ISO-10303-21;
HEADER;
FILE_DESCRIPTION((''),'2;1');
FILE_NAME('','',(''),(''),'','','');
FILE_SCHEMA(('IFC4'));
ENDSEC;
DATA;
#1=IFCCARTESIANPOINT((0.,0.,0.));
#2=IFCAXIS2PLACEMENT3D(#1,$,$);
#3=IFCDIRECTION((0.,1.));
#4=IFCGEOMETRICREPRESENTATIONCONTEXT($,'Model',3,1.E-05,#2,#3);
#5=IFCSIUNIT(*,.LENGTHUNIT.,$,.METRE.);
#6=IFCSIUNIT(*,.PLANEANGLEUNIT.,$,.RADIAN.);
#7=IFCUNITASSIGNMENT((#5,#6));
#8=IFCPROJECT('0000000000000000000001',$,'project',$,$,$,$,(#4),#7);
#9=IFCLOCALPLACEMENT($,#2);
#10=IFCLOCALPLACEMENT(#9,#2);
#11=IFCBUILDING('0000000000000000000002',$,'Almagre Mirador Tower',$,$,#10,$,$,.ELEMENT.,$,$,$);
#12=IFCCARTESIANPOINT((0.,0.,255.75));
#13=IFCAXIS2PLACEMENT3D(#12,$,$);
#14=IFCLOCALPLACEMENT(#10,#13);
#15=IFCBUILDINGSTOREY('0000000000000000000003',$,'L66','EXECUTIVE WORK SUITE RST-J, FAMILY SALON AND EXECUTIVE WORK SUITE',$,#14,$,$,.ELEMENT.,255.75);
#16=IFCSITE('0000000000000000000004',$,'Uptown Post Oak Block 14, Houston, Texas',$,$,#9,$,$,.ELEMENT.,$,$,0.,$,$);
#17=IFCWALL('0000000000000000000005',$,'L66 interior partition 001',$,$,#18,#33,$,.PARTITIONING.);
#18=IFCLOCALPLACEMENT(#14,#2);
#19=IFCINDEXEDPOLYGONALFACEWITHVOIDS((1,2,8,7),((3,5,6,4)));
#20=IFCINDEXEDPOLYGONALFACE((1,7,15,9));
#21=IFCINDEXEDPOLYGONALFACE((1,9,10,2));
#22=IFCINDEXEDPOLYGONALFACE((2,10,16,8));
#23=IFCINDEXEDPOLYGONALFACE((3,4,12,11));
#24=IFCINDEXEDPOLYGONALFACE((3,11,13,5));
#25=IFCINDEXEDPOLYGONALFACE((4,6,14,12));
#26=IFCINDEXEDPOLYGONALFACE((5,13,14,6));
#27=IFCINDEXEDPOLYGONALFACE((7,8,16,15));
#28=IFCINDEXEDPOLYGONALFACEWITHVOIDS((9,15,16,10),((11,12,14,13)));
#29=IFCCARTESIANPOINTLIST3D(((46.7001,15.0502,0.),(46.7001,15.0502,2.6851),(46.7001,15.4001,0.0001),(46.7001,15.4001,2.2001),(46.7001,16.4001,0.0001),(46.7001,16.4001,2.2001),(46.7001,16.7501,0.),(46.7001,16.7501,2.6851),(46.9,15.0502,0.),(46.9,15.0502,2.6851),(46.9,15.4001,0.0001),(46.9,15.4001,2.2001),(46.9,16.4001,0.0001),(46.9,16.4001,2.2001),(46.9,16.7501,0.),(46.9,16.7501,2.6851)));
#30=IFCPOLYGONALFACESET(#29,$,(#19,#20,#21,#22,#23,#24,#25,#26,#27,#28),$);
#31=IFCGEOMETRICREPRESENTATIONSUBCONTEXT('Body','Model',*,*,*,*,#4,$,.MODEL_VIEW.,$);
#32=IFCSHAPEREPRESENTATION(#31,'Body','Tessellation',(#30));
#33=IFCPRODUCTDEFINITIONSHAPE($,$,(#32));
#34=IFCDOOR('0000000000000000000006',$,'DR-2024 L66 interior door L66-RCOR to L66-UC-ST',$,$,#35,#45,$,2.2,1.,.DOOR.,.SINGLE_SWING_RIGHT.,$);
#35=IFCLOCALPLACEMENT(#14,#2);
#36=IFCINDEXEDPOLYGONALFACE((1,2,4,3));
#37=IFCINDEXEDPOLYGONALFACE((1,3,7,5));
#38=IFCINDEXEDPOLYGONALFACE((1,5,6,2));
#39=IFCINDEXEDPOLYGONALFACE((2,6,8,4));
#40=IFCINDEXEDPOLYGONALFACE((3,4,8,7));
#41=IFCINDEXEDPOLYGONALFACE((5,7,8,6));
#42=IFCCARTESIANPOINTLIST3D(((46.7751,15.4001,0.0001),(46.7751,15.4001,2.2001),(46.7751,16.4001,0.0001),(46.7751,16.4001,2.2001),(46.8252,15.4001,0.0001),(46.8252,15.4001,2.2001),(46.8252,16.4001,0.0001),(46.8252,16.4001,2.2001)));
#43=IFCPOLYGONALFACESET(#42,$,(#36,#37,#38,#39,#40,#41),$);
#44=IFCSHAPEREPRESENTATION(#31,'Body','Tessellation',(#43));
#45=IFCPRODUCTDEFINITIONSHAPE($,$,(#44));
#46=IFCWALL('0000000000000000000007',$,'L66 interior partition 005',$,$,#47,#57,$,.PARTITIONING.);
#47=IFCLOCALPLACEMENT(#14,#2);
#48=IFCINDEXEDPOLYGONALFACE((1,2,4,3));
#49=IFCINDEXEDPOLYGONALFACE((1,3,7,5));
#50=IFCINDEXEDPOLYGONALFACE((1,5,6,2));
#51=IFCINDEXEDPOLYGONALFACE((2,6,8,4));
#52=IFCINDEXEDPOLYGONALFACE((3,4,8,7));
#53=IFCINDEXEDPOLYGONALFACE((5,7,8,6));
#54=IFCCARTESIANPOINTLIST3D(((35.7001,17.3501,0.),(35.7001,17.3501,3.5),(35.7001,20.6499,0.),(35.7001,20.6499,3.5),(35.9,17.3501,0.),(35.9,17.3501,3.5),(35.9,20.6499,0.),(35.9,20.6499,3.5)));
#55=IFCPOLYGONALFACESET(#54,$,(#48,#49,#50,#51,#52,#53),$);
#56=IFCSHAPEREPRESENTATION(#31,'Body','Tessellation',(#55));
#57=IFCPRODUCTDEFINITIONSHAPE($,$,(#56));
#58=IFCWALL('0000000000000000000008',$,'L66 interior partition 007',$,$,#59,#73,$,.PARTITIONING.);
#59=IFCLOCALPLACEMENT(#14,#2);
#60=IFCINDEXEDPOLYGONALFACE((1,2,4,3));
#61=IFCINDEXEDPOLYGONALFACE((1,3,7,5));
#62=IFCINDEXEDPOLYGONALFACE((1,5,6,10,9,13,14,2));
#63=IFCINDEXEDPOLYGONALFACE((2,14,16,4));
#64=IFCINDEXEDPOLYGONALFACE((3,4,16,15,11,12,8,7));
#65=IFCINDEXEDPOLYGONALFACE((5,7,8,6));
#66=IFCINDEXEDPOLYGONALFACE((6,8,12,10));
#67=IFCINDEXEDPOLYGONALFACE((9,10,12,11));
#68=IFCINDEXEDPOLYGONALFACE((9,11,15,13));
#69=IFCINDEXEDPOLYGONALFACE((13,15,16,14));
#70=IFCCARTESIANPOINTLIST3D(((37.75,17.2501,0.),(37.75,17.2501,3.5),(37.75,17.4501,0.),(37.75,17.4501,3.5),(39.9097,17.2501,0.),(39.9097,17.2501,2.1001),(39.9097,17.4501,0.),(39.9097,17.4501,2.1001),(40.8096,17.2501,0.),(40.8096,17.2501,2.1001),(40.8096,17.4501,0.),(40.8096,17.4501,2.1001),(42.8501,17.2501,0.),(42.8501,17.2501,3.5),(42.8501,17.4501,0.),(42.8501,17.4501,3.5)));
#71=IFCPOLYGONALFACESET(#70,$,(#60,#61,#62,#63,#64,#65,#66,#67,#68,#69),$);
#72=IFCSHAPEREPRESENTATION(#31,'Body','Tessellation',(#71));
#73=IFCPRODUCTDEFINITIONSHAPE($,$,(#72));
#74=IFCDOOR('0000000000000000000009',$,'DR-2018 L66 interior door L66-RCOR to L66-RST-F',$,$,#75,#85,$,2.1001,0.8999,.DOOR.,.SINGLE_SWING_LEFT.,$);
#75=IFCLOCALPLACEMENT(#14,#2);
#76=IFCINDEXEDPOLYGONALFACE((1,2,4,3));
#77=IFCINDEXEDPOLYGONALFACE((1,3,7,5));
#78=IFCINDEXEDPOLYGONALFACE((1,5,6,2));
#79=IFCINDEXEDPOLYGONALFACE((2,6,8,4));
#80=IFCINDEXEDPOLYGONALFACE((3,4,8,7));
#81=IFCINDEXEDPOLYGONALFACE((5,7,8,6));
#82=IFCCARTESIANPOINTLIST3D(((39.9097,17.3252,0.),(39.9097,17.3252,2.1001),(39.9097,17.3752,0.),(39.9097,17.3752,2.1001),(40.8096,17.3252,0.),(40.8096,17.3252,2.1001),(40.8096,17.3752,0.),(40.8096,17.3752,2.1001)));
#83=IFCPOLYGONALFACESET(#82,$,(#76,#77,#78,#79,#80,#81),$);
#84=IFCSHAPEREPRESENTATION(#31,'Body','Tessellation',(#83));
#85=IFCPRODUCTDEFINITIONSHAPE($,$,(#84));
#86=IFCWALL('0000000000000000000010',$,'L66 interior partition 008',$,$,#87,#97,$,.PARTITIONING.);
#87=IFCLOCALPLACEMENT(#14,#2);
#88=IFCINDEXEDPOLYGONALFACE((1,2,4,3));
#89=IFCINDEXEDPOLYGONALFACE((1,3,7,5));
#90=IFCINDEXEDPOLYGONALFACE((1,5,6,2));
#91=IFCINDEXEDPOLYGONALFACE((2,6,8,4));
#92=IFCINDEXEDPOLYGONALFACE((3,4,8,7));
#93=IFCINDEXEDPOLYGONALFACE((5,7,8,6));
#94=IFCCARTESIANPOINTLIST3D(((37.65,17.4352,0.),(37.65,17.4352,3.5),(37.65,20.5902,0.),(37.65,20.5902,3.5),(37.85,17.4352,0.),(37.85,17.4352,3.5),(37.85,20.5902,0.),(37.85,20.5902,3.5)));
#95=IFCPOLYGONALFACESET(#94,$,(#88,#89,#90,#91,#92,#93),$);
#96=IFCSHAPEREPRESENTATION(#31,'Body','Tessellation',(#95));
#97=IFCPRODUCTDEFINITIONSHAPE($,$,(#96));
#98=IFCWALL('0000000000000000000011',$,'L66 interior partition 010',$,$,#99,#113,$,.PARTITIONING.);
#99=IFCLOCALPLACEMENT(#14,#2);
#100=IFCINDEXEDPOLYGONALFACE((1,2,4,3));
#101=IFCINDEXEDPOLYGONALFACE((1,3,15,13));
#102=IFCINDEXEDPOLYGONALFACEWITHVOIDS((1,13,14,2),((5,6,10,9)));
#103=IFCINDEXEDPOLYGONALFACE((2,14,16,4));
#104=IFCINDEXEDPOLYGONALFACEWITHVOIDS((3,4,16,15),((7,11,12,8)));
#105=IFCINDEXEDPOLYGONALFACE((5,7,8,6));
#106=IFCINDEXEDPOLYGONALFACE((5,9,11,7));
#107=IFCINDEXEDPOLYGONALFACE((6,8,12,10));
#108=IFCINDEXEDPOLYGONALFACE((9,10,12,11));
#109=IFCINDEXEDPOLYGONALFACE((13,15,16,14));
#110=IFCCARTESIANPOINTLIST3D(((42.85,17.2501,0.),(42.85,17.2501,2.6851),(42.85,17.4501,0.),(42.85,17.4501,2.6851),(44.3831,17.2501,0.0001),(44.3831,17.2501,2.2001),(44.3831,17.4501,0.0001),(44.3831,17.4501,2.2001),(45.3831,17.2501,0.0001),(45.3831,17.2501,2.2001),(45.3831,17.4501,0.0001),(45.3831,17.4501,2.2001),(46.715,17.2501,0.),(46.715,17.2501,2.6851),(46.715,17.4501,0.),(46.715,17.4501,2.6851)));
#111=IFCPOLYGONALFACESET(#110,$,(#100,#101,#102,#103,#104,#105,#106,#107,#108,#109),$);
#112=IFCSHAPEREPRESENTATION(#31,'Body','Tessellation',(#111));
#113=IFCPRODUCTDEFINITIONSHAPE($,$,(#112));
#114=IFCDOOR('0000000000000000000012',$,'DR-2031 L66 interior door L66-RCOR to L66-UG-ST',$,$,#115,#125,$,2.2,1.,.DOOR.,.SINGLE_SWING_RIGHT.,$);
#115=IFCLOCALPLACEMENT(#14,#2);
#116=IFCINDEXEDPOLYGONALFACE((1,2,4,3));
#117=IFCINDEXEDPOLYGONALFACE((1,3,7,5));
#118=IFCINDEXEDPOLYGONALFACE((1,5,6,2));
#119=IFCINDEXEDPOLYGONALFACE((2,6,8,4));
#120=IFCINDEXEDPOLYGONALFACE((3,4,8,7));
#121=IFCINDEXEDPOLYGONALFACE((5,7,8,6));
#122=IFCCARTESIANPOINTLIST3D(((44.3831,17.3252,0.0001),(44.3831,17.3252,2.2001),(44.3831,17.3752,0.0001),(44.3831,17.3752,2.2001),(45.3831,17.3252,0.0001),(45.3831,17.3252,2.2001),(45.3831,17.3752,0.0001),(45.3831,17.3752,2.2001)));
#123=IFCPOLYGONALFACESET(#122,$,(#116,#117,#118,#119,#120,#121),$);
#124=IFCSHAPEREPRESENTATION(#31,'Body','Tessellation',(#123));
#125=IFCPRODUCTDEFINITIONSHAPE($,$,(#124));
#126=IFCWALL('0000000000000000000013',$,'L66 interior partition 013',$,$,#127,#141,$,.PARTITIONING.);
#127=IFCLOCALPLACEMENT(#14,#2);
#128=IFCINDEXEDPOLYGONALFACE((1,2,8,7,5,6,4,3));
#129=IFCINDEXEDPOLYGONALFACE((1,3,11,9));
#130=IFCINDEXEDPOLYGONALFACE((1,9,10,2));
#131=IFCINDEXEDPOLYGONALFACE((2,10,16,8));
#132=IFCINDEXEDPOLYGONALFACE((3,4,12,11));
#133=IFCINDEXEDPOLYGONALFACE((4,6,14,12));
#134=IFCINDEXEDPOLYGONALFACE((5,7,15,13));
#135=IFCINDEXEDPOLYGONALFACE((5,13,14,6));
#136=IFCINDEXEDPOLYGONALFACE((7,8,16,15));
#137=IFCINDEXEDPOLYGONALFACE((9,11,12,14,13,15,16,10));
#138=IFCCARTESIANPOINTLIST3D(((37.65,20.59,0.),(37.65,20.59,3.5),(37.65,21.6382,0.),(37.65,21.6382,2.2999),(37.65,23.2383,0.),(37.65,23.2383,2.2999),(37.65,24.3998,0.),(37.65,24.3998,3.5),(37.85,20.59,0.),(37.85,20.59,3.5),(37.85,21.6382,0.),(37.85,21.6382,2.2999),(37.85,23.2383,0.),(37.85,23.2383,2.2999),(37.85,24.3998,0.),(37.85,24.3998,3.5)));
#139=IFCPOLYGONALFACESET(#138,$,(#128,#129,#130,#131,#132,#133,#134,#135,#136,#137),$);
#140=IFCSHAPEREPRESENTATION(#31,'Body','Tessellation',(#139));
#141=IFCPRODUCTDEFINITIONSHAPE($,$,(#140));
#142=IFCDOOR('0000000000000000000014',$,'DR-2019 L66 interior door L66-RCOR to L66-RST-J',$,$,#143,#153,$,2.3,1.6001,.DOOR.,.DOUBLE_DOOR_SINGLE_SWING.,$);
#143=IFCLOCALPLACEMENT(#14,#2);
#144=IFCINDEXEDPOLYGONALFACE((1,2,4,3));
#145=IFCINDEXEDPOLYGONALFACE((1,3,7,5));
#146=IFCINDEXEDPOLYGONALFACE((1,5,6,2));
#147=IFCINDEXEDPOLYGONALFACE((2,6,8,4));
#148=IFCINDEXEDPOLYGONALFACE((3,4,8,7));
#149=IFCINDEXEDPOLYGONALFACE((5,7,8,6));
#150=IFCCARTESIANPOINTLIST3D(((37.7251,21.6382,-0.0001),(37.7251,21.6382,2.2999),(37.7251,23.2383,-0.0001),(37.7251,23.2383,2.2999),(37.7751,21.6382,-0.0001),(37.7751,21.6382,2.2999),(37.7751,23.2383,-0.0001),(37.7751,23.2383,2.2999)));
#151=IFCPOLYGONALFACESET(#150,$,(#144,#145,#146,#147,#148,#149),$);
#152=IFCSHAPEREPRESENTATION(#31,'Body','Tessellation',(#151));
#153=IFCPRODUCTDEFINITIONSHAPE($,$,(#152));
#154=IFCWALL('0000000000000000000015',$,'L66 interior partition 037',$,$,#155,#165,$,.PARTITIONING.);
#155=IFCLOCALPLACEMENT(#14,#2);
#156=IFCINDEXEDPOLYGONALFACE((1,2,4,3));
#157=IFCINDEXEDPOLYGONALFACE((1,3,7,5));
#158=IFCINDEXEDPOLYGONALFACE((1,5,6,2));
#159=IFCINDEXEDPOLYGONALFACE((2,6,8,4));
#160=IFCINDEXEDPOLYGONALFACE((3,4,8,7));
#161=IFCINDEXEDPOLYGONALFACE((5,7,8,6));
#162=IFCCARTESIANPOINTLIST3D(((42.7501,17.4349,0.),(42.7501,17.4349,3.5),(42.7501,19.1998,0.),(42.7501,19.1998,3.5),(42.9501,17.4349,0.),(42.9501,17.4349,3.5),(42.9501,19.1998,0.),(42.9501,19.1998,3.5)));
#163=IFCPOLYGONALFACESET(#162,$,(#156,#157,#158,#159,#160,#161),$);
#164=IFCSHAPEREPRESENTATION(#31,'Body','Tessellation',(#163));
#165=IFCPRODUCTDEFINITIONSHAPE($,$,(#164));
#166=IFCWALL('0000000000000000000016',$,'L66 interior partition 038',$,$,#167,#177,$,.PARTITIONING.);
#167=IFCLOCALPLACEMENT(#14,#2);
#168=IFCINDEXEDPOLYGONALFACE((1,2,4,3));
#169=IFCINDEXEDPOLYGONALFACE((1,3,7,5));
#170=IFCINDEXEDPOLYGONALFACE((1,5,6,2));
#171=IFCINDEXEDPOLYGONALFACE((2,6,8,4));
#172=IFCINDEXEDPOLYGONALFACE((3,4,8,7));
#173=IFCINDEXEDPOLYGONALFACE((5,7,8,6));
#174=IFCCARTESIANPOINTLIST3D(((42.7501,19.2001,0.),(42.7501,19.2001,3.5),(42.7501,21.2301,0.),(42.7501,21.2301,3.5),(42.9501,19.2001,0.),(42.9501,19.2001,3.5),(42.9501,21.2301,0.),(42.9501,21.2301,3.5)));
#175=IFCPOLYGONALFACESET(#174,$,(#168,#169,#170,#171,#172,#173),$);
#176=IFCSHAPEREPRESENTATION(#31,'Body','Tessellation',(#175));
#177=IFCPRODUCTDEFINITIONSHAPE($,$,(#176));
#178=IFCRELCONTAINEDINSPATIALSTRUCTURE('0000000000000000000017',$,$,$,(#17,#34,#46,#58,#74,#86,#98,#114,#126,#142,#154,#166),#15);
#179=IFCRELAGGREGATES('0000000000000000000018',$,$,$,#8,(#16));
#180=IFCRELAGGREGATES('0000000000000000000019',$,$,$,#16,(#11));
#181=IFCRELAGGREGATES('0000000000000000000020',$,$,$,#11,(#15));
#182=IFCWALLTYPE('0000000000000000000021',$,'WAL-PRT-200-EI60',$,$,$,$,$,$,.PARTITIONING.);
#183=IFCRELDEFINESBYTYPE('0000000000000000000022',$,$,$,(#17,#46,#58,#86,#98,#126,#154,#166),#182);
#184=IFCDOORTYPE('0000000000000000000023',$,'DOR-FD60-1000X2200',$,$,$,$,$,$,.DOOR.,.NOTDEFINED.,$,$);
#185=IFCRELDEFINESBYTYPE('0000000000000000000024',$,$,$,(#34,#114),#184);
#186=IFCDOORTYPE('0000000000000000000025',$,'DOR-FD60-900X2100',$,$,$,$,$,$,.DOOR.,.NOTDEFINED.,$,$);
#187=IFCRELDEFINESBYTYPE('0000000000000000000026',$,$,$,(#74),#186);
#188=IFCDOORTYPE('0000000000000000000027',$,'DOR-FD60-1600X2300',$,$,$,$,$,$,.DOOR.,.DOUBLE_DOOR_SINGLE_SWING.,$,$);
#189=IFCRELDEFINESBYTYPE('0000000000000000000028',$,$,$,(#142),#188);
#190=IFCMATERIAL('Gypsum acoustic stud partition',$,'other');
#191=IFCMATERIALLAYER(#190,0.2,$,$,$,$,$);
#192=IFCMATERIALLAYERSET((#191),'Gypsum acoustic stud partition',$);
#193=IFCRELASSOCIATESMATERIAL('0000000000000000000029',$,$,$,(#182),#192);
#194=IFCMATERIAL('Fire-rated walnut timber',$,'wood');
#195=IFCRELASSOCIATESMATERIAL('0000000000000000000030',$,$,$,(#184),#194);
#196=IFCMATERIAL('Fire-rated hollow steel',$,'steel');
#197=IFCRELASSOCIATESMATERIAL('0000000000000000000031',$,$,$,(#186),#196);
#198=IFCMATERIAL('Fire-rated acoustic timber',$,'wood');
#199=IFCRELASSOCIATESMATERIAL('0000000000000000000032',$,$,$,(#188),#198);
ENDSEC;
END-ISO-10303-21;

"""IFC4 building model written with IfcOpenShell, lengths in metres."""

from ifc_helpers import new_model, si_unit, direction, frame, frame_2d, origin, place, context, subcontext, project, spatial, rectangle, extrude, material, layer, layer_set, type_object, element, fill, save


model = new_model("IFC4")

# Units and contexts
model_context = context("Model", 3, precision=1e-05, world=origin(), true_north=direction((0.0, 1.0)))
body_context = subcontext(model_context, "Body", "Model", "MODEL_VIEW")
ifc_project = project(units=[si_unit("LENGTHUNIT", "METRE"), si_unit("PLANEANGLEUNIT", "RADIAN")], contexts=[model_context])

# Site, building, storey
site_placement = place(None, origin())
site = spatial("IfcSite", under=ifc_project, at=site_placement, Name="Uptown Post Oak Block 14, Houston, Texas", CompositionType="ELEMENT", RefElevation=0.0)
building_placement = place(site_placement, origin())
building = spatial("IfcBuilding", under=site, at=building_placement, Name="Almagre Mirador Tower", CompositionType="ELEMENT")
storey_placement = place(building_placement, frame((0.0, 0.0, 255.75)))
storey = spatial("IfcBuildingStorey", under=building, at=storey_placement, Name="L66", Description="EXECUTIVE WORK SUITE RST-J, FAMILY SALON AND EXECUTIVE WORK SUITE", CompositionType="ELEMENT", Elevation=255.75)

# Wall, opening, door
ifc_material_1 = material(Name="Gypsum acoustic stud partition", Category="other")
ifc_layer_1 = layer(ifc_material_1, 0.2)
ifc_layer_set_1 = layer_set([ifc_layer_1], Name="Gypsum acoustic stud partition")
wall_type_1 = type_object("IfcWallType", Name="WAL-PRT-200-EI60", PredefinedType="PARTITIONING", material=ifc_layer_set_1)
wall_1_placement = place(storey_placement, frame((46.8, 15.05, 0.0), z_axis=(0.0, 0.0, 1.0), x_axis=(0.0, 1.0, 0.0)))
wall_1 = element("IfcWall", 1, at=wall_1_placement, inside=storey, type_object=wall_type_1, Name="L66 interior partition 001", PredefinedType="PARTITIONING", context=body_context, shape_type="SweptSolid", body=[
    extrude(rectangle(XDim=1.7, YDim=0.2, at=frame_2d((0.8501, 0.0))), origin(), (0.0, 0.0, 1.0), 2.6851),
])
opening_1_placement = place(wall_1_placement, frame((0.3501, 0.0, 0.0)))
opening_1 = element("IfcOpeningElement", 2, at=opening_1_placement, cuts=wall_1, PredefinedType="OPENING", context=body_context, shape_type="SweptSolid", body=[
    extrude(rectangle(XDim=1.0, YDim=2.2, at=frame_2d((0.5, 1.1001))), frame((0.0, 0.1101, 0.0), z_axis=(0.0, -1.0, 0.0), x_axis=(1.0, 0.0, 0.0)), (0.0, 0.0, 1.0), 0.22),
])
ifc_material_2 = material(Name="Fire-rated walnut timber", Category="wood")
door_type_1 = type_object("IfcDoorType", Name="DOR-FD60-1000X2200", OperationType="NOTDEFINED", PredefinedType="DOOR", material=ifc_material_2)
door_1_placement = place(opening_1_placement, origin())
door_1 = element("IfcDoor", 3, at=door_1_placement, inside=storey, type_object=door_type_1, Name="DR-2024 L66 interior door L66-RCOR to L66-UC-ST", OperationType="SINGLE_SWING_RIGHT", OverallHeight=2.2, OverallWidth=1.0, PredefinedType="DOOR", context=body_context, shape_type="SweptSolid", body=[
    extrude(rectangle(XDim=1.0, YDim=2.2, at=frame_2d((0.5, 1.1001))), frame((0.0, 0.0249, 0.0), z_axis=(0.0, -1.0, 0.0), x_axis=(1.0, 0.0, 0.0)), (0.0, 0.0, 1.0), 0.05),
])
fill(opening_1, door_1)

# Wall
wall_2_placement = place(storey_placement, frame((35.8, 20.6499, 0.0), z_axis=(0.0, 0.0, 1.0), x_axis=(0.0, -1.0, 0.0)))
element("IfcWall", 4, at=wall_2_placement, inside=storey, type_object=wall_type_1, Name="L66 interior partition 005", PredefinedType="PARTITIONING", context=body_context, shape_type="SweptSolid", body=[
    extrude(rectangle(XDim=3.2998, YDim=0.2, at=frame_2d((1.6499, 0.0))), origin(), (0.0, 0.0, 1.0), 3.5),
])

# Wall, opening, door
wall_3_placement = place(storey_placement, frame((42.8501, 17.3501, 0.0), z_axis=(0.0, 0.0, 1.0), x_axis=(-1.0, 0.0, 0.0)))
wall_3 = element("IfcWall", 5, at=wall_3_placement, inside=storey, type_object=wall_type_1, Name="L66 interior partition 007", PredefinedType="PARTITIONING", context=body_context, shape_type="SweptSolid", body=[
    extrude(rectangle(XDim=5.1001, YDim=0.2, at=frame_2d((2.55, 0.0))), origin(), (0.0, 0.0, 1.0), 3.5),
])
opening_2_placement = place(wall_3_placement, frame((2.0405, 0.0, 0.0)))
opening_2 = element("IfcOpeningElement", 6, at=opening_2_placement, cuts=wall_3, PredefinedType="OPENING", context=body_context, shape_type="SweptSolid", body=[
    extrude(rectangle(XDim=0.8999, YDim=2.1001, at=frame_2d((0.45, 1.05))), frame((0.0, 0.1101, 0.0), z_axis=(0.0, -1.0, 0.0), x_axis=(1.0, 0.0, 0.0)), (0.0, 0.0, 1.0), 0.22),
])
ifc_material_3 = material(Name="Fire-rated hollow steel", Category="steel")
door_type_2 = type_object("IfcDoorType", Name="DOR-FD60-900X2100", OperationType="NOTDEFINED", PredefinedType="DOOR", material=ifc_material_3)
door_2_placement = place(opening_2_placement, origin())
door_2 = element("IfcDoor", 7, at=door_2_placement, inside=storey, type_object=door_type_2, Name="DR-2018 L66 interior door L66-RCOR to L66-RST-F", OperationType="SINGLE_SWING_LEFT", OverallHeight=2.1001, OverallWidth=0.8999, PredefinedType="DOOR", context=body_context, shape_type="SweptSolid", body=[
    extrude(rectangle(XDim=0.8999, YDim=2.1001, at=frame_2d((0.45, 1.05))), frame((0.0, 0.0249, 0.0), z_axis=(0.0, -1.0, 0.0), x_axis=(1.0, 0.0, 0.0)), (0.0, 0.0, 1.0), 0.05),
])
fill(opening_2, door_2)

# Wall
wall_4_placement = place(storey_placement, frame((37.75, 17.4351, 0.0), z_axis=(0.0, 0.0, 1.0), x_axis=(0.0, 1.0, 0.0)))
element("IfcWall", 8, at=wall_4_placement, inside=storey, type_object=wall_type_1, Name="L66 interior partition 008", PredefinedType="PARTITIONING", context=body_context, shape_type="SweptSolid", body=[
    extrude(rectangle(XDim=3.155, YDim=0.2, at=frame_2d((1.5776, 0.0))), origin(), (0.0, 0.0, 1.0), 3.5),
])

# Walls, openings, doors
wall_5_placement = place(storey_placement, frame((46.7151, 17.3501, 0.0), z_axis=(0.0, 0.0, 1.0), x_axis=(-1.0, 0.0, 0.0)))
wall_5 = element("IfcWall", 9, at=wall_5_placement, inside=storey, type_object=wall_type_1, Name="L66 interior partition 010", PredefinedType="PARTITIONING", context=body_context, shape_type="SweptSolid", body=[
    extrude(rectangle(XDim=3.865, YDim=0.2, at=frame_2d((1.9326, 0.0))), origin(), (0.0, 0.0, 1.0), 2.6851),
])
opening_3_placement = place(wall_5_placement, frame((1.332, 0.0, 0.0)))
opening_3 = element("IfcOpeningElement", 10, at=opening_3_placement, cuts=wall_5, PredefinedType="OPENING", context=body_context, shape_type="SweptSolid", body=[
    extrude(rectangle(XDim=1.0, YDim=2.2, at=frame_2d((0.5, 1.1001))), frame((0.0, 0.1101, 0.0), z_axis=(0.0, -1.0, 0.0), x_axis=(1.0, 0.0, 0.0)), (0.0, 0.0, 1.0), 0.22),
])
door_3_placement = place(opening_3_placement, origin())
door_3 = element("IfcDoor", 11, at=door_3_placement, inside=storey, type_object=door_type_1, Name="DR-2031 L66 interior door L66-RCOR to L66-UG-ST", OperationType="SINGLE_SWING_RIGHT", OverallHeight=2.2, OverallWidth=1.0, PredefinedType="DOOR", context=body_context, shape_type="SweptSolid", body=[
    extrude(rectangle(XDim=1.0, YDim=2.2, at=frame_2d((0.5, 1.1001))), frame((0.0, 0.0249, 0.0), z_axis=(0.0, -1.0, 0.0), x_axis=(1.0, 0.0, 0.0)), (0.0, 0.0, 1.0), 0.05),
])
fill(opening_3, door_3)
wall_6_placement = place(storey_placement, frame((37.75, 20.5901, 0.0), z_axis=(0.0, 0.0, 1.0), x_axis=(0.0, 1.0, 0.0)))
wall_6 = element("IfcWall", 12, at=wall_6_placement, inside=storey, type_object=wall_type_1, Name="L66 interior partition 013", PredefinedType="PARTITIONING", context=body_context, shape_type="SweptSolid", body=[
    extrude(rectangle(XDim=3.8098, YDim=0.2, at=frame_2d((1.9048, 0.0))), origin(), (0.0, 0.0, 1.0), 3.5),
])
opening_4_placement = place(wall_6_placement, frame((1.0481, 0.0, 0.0)))
opening_4 = element("IfcOpeningElement", 13, at=opening_4_placement, cuts=wall_6, PredefinedType="OPENING", context=body_context, shape_type="SweptSolid", body=[
    extrude(rectangle(XDim=1.6001, YDim=2.3, at=frame_2d((0.8, 1.1499))), frame((0.0, 0.1101, 0.0), z_axis=(0.0, -1.0, 0.0), x_axis=(1.0, 0.0, 0.0)), (0.0, 0.0, 1.0), 0.22),
])
ifc_material_4 = material(Name="Fire-rated acoustic timber", Category="wood")
door_type_3 = type_object("IfcDoorType", Name="DOR-FD60-1600X2300", OperationType="DOUBLE_DOOR_SINGLE_SWING", PredefinedType="DOOR", material=ifc_material_4)
door_4_placement = place(opening_4_placement, origin())
door_4 = element("IfcDoor", 14, at=door_4_placement, inside=storey, type_object=door_type_3, Name="DR-2019 L66 interior door L66-RCOR to L66-RST-J", OperationType="DOUBLE_DOOR_SINGLE_SWING", OverallHeight=2.3, OverallWidth=1.6001, PredefinedType="DOOR", context=body_context, shape_type="SweptSolid", body=[
    extrude(rectangle(XDim=1.6001, YDim=2.3, at=frame_2d((0.8, 1.1499))), frame((0.0, 0.0249, 0.0), z_axis=(0.0, -1.0, 0.0), x_axis=(1.0, 0.0, 0.0)), (0.0, 0.0, 1.0), 0.05),
])
fill(opening_4, door_4)

# Walls
wall_7_placement = place(storey_placement, frame((42.8501, 17.4351, 0.0), z_axis=(0.0, 0.0, 1.0), x_axis=(0.0, 1.0, 0.0)))
element("IfcWall", 15, at=wall_7_placement, inside=storey, type_object=wall_type_1, Name="L66 interior partition 037", PredefinedType="PARTITIONING", context=body_context, shape_type="SweptSolid", body=[
    extrude(rectangle(XDim=1.7649, YDim=0.2, at=frame_2d((0.8823, 0.0))), origin(), (0.0, 0.0, 1.0), 3.5),
])
wall_8_placement = place(storey_placement, frame((42.8501, 19.2, 0.0), z_axis=(0.0, 0.0, 1.0), x_axis=(0.0, 1.0, 0.0)))
element("IfcWall", 16, at=wall_8_placement, inside=storey, type_object=wall_type_1, Name="L66 interior partition 038", PredefinedType="PARTITIONING", context=body_context, shape_type="SweptSolid", body=[
    extrude(rectangle(XDim=2.03, YDim=0.2, at=frame_2d((1.0151, 0.0))), origin(), (0.0, 0.0, 1.0), 3.5),
])

save(model, "model.ifc")
